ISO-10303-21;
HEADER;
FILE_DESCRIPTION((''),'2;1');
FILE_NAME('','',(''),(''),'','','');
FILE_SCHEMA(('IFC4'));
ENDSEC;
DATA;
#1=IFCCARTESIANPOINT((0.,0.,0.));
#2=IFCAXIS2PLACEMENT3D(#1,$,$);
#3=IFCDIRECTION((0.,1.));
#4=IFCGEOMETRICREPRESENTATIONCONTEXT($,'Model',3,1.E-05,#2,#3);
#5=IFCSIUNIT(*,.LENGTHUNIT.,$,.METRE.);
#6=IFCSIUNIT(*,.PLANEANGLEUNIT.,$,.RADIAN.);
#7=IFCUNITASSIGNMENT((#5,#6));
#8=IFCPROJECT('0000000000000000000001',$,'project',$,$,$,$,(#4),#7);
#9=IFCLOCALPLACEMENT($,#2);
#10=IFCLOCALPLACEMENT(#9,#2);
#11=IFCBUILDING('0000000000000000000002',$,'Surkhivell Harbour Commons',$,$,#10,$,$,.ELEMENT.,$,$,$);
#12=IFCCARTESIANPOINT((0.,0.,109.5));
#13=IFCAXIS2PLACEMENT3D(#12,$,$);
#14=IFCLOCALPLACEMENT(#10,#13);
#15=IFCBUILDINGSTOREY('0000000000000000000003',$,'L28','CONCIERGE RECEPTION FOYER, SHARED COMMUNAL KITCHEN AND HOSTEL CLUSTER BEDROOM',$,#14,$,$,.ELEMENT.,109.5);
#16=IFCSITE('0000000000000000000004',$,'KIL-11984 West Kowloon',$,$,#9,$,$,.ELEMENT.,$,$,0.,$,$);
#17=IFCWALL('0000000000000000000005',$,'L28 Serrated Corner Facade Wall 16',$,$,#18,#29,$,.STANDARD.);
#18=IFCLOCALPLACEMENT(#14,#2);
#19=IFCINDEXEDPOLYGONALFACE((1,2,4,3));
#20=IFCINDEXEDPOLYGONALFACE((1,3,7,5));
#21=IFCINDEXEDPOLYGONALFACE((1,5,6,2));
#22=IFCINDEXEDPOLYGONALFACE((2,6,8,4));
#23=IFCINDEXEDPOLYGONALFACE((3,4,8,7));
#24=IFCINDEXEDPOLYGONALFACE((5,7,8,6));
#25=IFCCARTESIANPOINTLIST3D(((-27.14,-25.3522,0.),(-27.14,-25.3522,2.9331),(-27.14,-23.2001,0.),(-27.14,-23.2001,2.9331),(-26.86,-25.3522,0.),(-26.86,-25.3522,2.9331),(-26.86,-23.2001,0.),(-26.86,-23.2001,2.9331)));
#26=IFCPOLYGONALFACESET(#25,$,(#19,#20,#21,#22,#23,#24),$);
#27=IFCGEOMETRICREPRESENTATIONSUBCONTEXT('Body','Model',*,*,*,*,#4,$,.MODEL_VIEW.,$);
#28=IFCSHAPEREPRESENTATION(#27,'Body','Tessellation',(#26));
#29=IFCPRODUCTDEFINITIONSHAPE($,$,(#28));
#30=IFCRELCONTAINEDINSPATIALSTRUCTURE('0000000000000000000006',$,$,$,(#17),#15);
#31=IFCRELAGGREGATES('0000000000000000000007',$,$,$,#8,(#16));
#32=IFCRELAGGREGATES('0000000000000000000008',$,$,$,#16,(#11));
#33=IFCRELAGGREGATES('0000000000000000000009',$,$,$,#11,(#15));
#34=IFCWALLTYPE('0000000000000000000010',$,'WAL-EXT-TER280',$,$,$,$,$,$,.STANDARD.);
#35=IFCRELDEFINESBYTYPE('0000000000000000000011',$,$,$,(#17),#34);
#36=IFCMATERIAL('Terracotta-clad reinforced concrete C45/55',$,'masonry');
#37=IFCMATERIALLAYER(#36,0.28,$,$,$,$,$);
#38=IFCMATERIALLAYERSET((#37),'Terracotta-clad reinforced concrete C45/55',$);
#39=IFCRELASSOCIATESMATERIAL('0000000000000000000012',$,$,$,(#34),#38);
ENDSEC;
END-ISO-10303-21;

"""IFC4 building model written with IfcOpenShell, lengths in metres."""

from ifc_helpers import new_model, si_unit, direction, frame, frame_2d, origin, place, context, subcontext, project, spatial, rectangle, extrude, material, layer, layer_set, type_object, element, save


model = new_model("IFC4")

# Units and contexts
model_context = context("Model", 3, precision=1e-05, world=origin(), true_north=direction((0.0, 1.0)))
body_context = subcontext(model_context, "Body", "Model", "MODEL_VIEW")
ifc_project = project(units=[si_unit("LENGTHUNIT", "METRE"), si_unit("PLANEANGLEUNIT", "RADIAN")], contexts=[model_context])

# Site, building, storey
site_placement = place(None, origin())
site = spatial("IfcSite", under=ifc_project, at=site_placement, Name="KIL-11984 West Kowloon", CompositionType="ELEMENT", RefElevation=0.0)
building_placement = place(site_placement, origin())
building = spatial("IfcBuilding", under=site, at=building_placement, Name="Surkhivell Harbour Commons", CompositionType="ELEMENT")
storey_placement = place(building_placement, frame((0.0, 0.0, 109.5)))
storey = spatial("IfcBuildingStorey", under=building, at=storey_placement, Name="L28", Description="CONCIERGE RECEPTION FOYER, SHARED COMMUNAL KITCHEN AND HOSTEL CLUSTER BEDROOM", CompositionType="ELEMENT", Elevation=109.5)

# Wall
ifc_material_1 = material(Name="Terracotta-clad reinforced concrete C45/55", Category="masonry")
ifc_layer_1 = layer(ifc_material_1, 0.28)
ifc_layer_set_1 = layer_set([ifc_layer_1], Name="Terracotta-clad reinforced concrete C45/55")
wall_type = type_object("IfcWallType", Name="WAL-EXT-TER280", PredefinedType="STANDARD", material=ifc_layer_set_1)
wall_1_placement = place(storey_placement, frame((-27.0, -23.2, 0.0), z_axis=(0.0, 0.0, 1.0), x_axis=(0.0, -1.0, 0.0)))
element("IfcWall", 1, at=wall_1_placement, inside=storey, type_object=wall_type, Name="L28 Serrated Corner Facade Wall 16", PredefinedType="STANDARD", context=body_context, shape_type="SweptSolid", body=[
    extrude(rectangle(XDim=2.1521, YDim=0.28, at=frame_2d((1.0762, 0.0))), origin(), (0.0, 0.0, 1.0), 2.9331),
])

save(model, "model.ifc")
